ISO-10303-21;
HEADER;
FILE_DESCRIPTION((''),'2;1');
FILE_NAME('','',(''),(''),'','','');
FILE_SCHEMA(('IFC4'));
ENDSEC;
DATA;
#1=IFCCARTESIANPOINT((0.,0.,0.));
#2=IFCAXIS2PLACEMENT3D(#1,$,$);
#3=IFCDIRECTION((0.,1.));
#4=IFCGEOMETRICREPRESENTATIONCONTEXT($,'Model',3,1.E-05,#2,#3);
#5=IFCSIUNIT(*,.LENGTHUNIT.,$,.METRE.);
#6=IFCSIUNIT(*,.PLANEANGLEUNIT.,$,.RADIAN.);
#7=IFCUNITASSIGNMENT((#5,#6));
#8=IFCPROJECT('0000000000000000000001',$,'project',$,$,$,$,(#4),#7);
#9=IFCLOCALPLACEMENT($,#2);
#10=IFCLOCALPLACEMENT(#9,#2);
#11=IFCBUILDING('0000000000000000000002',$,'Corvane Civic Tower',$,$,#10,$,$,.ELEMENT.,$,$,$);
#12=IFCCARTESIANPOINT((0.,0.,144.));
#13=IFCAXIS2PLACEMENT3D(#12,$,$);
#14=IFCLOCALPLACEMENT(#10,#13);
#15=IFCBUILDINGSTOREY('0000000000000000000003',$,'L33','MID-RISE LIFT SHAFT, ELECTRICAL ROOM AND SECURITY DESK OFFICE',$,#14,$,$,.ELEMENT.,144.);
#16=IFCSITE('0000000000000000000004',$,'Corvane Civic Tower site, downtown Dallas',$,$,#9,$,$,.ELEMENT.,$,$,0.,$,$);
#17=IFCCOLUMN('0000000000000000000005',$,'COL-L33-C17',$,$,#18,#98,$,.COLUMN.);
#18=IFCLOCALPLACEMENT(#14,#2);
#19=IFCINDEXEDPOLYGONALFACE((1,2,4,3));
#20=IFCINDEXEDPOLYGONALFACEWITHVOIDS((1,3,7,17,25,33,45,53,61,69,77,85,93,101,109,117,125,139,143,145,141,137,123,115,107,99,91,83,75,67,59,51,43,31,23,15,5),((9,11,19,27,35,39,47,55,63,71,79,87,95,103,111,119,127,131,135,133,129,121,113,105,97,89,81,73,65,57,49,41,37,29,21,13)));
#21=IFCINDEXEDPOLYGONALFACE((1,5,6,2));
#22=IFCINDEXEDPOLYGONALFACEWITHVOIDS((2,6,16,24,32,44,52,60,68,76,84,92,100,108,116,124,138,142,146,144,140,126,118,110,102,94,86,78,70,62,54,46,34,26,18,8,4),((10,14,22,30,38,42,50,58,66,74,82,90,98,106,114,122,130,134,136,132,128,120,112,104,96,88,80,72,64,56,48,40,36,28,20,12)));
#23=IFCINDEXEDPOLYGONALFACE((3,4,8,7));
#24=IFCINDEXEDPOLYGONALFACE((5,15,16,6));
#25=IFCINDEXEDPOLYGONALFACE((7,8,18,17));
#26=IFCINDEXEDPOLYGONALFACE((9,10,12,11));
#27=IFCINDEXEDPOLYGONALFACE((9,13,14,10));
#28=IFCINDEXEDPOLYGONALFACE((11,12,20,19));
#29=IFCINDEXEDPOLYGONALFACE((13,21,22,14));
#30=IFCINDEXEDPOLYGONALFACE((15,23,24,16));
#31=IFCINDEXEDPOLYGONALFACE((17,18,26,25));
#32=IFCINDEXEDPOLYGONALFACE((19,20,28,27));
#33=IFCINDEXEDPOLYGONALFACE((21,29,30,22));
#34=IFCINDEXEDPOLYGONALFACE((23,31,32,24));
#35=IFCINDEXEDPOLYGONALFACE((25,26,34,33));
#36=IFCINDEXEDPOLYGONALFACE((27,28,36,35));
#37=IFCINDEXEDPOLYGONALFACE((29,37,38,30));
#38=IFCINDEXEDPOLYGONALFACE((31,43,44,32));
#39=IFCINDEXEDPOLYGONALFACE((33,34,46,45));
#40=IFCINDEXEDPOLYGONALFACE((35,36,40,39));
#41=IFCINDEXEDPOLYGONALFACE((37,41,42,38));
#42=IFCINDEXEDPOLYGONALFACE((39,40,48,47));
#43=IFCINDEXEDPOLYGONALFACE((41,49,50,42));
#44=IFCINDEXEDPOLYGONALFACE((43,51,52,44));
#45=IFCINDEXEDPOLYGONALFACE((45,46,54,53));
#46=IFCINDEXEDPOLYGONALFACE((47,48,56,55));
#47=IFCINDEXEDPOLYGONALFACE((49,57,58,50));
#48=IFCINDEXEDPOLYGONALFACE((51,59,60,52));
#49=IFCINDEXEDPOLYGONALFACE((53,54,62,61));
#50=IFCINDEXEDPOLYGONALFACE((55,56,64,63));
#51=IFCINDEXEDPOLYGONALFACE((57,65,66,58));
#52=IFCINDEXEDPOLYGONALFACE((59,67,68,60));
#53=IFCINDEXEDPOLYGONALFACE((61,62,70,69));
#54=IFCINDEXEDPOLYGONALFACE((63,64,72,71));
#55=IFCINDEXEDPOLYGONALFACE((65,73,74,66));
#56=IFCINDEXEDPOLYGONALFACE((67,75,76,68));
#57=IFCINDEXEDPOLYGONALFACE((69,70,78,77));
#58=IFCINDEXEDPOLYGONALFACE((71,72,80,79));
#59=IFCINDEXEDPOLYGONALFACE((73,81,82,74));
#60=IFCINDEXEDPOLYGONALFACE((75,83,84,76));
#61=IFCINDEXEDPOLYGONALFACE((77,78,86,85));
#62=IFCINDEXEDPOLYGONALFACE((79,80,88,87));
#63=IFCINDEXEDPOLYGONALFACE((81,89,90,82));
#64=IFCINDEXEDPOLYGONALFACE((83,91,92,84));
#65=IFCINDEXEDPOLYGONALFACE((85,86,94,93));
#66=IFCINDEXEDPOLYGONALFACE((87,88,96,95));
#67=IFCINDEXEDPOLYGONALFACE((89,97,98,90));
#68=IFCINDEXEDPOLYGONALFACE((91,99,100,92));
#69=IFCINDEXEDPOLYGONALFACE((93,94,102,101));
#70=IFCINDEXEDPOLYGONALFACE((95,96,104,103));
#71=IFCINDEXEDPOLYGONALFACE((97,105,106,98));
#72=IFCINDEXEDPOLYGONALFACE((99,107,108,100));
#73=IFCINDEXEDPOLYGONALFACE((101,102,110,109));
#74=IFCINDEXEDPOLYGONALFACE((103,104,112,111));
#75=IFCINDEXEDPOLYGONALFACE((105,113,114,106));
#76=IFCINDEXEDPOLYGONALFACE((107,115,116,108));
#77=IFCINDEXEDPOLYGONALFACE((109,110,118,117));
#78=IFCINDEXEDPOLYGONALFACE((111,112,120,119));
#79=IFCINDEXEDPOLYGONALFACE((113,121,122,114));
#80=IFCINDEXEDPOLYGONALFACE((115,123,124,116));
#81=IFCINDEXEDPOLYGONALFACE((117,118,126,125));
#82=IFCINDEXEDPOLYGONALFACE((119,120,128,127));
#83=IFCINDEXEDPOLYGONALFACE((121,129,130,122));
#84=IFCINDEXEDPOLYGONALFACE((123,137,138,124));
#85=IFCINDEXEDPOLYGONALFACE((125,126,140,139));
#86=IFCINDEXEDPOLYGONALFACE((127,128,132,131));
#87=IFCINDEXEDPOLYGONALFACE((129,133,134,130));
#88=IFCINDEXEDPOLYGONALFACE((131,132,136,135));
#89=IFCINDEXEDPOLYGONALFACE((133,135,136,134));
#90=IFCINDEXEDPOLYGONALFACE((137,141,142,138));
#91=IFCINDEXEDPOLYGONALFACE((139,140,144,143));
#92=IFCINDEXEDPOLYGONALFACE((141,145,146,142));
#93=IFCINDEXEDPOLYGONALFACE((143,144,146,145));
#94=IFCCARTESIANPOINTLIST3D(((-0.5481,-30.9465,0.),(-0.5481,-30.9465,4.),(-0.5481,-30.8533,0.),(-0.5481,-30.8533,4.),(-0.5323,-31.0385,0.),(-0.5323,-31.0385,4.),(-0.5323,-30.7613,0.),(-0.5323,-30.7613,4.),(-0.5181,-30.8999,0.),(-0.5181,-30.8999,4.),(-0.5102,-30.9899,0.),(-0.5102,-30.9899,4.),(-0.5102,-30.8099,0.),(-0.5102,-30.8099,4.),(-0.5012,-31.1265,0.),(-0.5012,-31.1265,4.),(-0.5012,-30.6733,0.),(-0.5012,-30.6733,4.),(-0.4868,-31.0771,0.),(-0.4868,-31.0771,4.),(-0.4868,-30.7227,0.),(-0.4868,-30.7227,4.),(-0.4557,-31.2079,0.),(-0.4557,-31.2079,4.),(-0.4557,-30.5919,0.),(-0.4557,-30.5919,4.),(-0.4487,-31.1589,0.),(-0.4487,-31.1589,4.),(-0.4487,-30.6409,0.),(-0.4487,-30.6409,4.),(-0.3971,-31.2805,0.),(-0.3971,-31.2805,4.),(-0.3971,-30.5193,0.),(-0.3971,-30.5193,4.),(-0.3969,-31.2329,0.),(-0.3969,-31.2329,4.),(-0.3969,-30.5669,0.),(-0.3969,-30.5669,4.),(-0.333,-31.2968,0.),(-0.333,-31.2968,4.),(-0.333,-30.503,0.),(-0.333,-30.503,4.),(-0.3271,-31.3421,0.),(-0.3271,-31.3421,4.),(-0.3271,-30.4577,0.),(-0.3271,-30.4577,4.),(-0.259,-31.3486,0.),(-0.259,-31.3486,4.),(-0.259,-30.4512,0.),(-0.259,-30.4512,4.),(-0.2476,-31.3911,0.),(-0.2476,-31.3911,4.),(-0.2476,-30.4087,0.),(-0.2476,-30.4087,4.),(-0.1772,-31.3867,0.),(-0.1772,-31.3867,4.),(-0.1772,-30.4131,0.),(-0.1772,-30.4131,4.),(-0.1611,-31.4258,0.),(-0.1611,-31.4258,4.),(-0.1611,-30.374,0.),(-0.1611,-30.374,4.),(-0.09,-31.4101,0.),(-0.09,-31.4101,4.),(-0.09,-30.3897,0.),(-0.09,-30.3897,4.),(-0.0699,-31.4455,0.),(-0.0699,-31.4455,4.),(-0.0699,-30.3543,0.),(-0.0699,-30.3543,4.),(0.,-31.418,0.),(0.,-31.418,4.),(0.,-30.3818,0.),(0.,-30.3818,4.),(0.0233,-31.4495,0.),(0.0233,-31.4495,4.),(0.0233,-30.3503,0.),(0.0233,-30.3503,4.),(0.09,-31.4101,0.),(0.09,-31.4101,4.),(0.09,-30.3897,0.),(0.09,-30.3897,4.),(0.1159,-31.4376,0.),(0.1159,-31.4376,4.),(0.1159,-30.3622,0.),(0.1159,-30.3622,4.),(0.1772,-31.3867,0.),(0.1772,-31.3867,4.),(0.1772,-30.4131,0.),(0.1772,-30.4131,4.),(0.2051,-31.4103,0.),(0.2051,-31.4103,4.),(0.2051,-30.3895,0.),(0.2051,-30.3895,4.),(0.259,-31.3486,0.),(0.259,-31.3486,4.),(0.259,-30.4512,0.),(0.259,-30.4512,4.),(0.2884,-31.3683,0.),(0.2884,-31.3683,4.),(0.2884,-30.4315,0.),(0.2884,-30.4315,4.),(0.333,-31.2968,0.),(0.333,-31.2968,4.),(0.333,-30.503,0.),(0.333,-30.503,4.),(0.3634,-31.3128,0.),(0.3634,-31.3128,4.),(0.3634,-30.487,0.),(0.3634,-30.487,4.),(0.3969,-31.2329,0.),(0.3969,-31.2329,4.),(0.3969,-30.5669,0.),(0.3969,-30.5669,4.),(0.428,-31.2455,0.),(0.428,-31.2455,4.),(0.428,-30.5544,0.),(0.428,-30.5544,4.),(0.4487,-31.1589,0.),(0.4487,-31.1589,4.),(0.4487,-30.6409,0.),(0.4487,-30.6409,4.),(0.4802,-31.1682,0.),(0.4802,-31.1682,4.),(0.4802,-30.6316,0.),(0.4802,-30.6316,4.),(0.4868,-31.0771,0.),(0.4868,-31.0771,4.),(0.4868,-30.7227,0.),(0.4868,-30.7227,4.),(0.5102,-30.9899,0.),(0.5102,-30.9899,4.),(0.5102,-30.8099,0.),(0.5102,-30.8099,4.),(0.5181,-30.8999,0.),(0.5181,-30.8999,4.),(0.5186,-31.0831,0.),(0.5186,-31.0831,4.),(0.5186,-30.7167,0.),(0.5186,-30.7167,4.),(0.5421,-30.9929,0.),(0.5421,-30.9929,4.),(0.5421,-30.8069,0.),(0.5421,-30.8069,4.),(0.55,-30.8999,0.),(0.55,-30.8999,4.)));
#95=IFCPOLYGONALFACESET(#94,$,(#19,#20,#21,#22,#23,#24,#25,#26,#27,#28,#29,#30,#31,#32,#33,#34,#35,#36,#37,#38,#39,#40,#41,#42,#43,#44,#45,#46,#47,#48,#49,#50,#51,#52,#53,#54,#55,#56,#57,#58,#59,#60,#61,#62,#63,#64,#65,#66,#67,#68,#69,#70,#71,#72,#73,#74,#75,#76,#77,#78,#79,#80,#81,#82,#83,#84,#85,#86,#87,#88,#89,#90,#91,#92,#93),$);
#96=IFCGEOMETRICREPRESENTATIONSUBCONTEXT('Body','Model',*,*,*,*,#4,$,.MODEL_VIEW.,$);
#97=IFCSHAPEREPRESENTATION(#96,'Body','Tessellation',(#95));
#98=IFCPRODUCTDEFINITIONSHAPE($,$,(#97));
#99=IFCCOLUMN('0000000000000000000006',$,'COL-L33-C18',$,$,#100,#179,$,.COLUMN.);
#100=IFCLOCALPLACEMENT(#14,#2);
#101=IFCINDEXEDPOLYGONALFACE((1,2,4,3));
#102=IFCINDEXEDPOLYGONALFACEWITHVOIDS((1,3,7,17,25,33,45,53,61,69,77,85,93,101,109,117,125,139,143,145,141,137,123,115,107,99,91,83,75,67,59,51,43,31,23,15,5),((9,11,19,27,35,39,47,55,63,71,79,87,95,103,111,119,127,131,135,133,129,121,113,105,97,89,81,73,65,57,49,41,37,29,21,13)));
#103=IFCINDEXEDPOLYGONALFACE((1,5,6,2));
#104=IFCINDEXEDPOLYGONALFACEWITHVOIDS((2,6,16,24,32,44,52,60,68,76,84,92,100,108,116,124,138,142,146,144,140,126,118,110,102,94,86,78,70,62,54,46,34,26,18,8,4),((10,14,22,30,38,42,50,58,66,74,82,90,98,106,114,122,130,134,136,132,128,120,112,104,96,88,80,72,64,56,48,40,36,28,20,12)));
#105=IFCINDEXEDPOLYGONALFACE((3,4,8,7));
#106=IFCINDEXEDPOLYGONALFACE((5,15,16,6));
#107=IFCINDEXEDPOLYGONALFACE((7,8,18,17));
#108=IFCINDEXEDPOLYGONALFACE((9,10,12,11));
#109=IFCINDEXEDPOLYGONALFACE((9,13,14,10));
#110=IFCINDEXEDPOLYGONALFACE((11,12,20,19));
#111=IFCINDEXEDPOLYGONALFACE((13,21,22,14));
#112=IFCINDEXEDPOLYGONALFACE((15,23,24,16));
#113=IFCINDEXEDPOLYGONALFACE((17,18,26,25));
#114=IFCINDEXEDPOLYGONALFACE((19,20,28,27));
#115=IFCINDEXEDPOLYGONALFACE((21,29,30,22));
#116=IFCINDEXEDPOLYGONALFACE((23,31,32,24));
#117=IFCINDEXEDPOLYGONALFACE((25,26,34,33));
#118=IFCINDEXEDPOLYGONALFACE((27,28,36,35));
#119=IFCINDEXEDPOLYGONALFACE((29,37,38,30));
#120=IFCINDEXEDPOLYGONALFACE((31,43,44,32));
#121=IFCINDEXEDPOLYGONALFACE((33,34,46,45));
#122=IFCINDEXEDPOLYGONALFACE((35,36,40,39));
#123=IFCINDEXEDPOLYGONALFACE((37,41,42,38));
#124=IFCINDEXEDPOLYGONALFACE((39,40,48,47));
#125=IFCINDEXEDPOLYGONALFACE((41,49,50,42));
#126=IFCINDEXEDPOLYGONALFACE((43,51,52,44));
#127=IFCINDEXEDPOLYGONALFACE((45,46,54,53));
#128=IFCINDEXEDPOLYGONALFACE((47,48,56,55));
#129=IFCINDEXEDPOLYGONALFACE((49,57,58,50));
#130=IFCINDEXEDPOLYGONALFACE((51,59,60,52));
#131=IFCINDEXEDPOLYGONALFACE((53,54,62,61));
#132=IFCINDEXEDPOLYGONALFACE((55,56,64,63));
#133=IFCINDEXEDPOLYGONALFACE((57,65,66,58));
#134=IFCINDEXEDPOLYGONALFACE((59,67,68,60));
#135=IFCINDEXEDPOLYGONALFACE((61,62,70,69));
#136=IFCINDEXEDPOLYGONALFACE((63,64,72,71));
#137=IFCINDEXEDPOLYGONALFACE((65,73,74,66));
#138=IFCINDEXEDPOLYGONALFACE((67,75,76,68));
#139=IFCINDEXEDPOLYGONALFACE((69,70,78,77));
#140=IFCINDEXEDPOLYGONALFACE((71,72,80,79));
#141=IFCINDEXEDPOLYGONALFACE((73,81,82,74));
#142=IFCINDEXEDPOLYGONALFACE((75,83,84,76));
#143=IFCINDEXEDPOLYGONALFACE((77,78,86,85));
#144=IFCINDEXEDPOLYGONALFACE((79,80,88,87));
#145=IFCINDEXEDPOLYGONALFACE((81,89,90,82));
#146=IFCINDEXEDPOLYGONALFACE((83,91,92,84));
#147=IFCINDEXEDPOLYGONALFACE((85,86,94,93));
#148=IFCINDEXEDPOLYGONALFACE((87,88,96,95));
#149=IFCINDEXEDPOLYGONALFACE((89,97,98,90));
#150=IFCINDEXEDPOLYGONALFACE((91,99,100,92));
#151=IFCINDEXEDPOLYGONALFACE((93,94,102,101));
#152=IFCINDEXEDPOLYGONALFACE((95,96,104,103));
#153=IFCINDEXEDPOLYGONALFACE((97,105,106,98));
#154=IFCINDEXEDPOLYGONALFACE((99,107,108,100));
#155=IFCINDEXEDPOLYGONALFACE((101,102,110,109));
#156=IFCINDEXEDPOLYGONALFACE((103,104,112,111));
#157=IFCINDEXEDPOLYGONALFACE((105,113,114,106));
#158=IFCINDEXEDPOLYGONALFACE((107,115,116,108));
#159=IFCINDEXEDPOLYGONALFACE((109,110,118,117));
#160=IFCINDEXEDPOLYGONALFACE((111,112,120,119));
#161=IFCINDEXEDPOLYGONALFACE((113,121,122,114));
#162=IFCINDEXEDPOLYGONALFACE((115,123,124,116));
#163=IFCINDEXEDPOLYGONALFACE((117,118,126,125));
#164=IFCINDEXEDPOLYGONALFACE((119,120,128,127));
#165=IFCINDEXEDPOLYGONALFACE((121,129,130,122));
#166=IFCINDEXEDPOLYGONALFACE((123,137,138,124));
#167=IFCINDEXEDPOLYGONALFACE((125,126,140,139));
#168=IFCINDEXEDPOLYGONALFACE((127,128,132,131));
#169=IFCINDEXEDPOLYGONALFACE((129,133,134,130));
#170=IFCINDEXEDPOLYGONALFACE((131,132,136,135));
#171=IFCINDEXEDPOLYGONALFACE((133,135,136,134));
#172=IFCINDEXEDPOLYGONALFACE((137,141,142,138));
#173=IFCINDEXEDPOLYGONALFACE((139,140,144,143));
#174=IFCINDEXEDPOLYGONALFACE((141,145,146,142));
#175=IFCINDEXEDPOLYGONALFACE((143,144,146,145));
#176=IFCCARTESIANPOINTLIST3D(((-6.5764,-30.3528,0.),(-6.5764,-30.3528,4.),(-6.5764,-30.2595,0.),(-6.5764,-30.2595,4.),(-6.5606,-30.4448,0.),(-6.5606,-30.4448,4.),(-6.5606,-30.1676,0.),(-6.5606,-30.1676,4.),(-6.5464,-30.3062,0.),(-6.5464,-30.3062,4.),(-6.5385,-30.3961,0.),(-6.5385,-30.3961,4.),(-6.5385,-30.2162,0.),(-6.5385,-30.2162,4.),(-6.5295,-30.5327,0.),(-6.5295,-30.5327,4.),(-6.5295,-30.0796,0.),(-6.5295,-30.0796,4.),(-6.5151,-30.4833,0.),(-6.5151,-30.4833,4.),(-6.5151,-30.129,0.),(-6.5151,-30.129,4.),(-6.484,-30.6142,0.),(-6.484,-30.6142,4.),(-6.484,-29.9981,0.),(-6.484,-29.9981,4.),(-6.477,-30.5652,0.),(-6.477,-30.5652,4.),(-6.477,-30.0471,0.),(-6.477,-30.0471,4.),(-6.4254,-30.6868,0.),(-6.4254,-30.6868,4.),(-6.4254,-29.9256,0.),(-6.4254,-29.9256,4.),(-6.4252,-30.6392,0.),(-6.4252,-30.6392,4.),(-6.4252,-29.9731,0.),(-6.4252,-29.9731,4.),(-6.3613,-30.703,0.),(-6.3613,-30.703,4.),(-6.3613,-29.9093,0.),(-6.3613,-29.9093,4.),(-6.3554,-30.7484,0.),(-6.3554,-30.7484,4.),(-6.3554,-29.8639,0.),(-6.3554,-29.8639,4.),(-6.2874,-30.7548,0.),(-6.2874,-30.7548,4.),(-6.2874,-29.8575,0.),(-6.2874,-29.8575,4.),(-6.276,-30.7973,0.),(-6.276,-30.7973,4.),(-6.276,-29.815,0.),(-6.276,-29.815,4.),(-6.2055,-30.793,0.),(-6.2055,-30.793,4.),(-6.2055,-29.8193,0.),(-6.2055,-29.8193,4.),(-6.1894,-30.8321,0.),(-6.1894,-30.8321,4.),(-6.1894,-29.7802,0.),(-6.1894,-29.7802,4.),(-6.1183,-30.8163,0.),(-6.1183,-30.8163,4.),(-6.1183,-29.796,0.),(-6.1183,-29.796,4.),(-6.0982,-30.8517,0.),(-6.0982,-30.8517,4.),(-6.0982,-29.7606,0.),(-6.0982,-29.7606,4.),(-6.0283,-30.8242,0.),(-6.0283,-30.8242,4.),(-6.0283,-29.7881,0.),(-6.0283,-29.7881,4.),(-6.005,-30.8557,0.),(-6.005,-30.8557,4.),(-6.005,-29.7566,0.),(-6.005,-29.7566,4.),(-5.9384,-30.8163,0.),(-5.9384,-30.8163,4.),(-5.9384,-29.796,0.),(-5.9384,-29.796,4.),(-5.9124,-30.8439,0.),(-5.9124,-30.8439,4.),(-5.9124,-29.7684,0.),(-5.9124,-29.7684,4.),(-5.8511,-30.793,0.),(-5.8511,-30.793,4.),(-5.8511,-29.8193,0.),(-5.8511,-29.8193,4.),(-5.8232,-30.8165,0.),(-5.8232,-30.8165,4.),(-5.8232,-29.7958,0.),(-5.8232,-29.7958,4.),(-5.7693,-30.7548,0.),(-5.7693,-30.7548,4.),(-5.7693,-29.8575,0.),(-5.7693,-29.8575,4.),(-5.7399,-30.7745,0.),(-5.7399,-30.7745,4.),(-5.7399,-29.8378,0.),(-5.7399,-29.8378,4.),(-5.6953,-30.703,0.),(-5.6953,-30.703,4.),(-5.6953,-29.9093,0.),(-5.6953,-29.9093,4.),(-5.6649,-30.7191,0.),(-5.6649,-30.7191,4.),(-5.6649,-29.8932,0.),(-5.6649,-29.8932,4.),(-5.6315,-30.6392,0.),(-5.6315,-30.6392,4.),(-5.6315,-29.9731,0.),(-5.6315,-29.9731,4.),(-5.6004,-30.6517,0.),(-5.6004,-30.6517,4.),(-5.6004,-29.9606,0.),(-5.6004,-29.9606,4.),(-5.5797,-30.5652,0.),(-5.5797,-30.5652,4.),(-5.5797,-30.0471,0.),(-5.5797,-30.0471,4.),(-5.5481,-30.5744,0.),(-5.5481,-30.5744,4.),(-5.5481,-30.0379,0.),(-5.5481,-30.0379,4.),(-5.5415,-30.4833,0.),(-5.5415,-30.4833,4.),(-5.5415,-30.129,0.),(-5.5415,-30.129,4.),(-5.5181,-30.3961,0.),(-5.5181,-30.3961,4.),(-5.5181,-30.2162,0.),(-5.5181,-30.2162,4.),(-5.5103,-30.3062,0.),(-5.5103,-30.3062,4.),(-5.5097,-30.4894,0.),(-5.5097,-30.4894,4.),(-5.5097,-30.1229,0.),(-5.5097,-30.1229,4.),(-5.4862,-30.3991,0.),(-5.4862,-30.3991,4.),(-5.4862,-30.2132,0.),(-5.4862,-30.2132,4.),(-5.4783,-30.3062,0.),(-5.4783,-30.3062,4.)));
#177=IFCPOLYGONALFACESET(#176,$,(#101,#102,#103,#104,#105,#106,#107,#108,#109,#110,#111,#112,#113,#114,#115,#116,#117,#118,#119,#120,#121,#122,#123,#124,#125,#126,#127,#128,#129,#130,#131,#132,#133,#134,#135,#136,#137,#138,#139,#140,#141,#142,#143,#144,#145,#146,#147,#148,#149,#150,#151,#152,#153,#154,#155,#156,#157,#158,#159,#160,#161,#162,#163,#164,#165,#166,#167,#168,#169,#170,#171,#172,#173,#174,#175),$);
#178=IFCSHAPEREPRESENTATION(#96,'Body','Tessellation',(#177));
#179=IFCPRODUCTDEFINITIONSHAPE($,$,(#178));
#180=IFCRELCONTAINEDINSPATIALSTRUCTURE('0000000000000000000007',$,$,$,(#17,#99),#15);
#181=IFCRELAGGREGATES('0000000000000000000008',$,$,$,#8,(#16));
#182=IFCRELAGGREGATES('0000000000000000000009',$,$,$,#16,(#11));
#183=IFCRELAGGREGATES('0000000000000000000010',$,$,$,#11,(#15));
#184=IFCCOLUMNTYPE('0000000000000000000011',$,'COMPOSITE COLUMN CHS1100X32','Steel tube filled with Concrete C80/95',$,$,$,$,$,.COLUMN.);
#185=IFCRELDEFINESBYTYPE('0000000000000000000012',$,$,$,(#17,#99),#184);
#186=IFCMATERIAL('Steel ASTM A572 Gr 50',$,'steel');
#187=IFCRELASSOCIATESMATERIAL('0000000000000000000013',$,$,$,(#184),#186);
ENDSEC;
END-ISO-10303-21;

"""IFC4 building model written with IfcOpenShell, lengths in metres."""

from ifc_helpers import new_model, si_unit, direction, frame, origin, origin_2d, place, context, subcontext, project, spatial, hollow_circle, extrude, material, material_profile, profile_set, type_object, element, save


model = new_model("IFC4")

# Units and contexts
model_context = context("Model", 3, precision=1e-05, world=origin(), true_north=direction((0.0, 1.0)))
body_context = subcontext(model_context, "Body", "Model", "MODEL_VIEW")
ifc_project = project(units=[si_unit("LENGTHUNIT", "METRE"), si_unit("PLANEANGLEUNIT", "RADIAN")], contexts=[model_context])

# Site, building, storey
site_placement = place(None, origin())
site = spatial("IfcSite", under=ifc_project, at=site_placement, Name="Corvane Civic Tower site, downtown Dallas", CompositionType="ELEMENT", RefElevation=0.0)
building_placement = place(site_placement, origin())
building = spatial("IfcBuilding", under=site, at=building_placement, Name="Corvane Civic Tower", CompositionType="ELEMENT")
storey_placement = place(building_placement, frame((0.0, 0.0, 144.0)))
storey = spatial("IfcBuildingStorey", under=building, at=storey_placement, Name="L33", Description="MID-RISE LIFT SHAFT, ELECTRICAL ROOM AND SECURITY DESK OFFICE", CompositionType="ELEMENT", Elevation=144.0)

# Columns
ifc_material_1 = material(Name="Steel ASTM A572 Gr 50", Category="steel")
ifc_material_profile_1 = material_profile(ifc_material_1, hollow_circle(Radius=0.55, WallThickness=0.032, at=origin_2d()), Name="CHS1100X32")
ifc_profile_set_1 = profile_set([ifc_material_profile_1], Name="Steel ASTM A572 Gr 50")
column_type = type_object("IfcColumnType", Name="COMPOSITE COLUMN CHS1100X32", Description="Steel tube filled with Concrete C80/95", PredefinedType="COLUMN", material=ifc_profile_set_1)
for number, where, z_axis, x_axis, name in (
    (1, (0.0, -30.8999, 0.0), (0.0, 0.0, 1.0), (1.0, 0.0, 0.0), "COL-L33-C17"),
    (2, (-6.0283, -30.3062, 0.0), (0.0, 0.0, 1.0), (1.0, 0.0, 0.0), "COL-L33-C18"),
):
    element("IfcColumn", number, at=place(storey_placement, frame(where, z_axis=z_axis, x_axis=x_axis)), inside=storey, type_object=column_type, Name=name, PredefinedType="COLUMN", context=body_context, shape_type="SweptSolid", body=[
        extrude(hollow_circle(Radius=0.55, WallThickness=0.032, at=origin_2d()), origin(), (0.0, 0.0, 1.0), 4.0),
    ])

save(model, "model.ifc")
